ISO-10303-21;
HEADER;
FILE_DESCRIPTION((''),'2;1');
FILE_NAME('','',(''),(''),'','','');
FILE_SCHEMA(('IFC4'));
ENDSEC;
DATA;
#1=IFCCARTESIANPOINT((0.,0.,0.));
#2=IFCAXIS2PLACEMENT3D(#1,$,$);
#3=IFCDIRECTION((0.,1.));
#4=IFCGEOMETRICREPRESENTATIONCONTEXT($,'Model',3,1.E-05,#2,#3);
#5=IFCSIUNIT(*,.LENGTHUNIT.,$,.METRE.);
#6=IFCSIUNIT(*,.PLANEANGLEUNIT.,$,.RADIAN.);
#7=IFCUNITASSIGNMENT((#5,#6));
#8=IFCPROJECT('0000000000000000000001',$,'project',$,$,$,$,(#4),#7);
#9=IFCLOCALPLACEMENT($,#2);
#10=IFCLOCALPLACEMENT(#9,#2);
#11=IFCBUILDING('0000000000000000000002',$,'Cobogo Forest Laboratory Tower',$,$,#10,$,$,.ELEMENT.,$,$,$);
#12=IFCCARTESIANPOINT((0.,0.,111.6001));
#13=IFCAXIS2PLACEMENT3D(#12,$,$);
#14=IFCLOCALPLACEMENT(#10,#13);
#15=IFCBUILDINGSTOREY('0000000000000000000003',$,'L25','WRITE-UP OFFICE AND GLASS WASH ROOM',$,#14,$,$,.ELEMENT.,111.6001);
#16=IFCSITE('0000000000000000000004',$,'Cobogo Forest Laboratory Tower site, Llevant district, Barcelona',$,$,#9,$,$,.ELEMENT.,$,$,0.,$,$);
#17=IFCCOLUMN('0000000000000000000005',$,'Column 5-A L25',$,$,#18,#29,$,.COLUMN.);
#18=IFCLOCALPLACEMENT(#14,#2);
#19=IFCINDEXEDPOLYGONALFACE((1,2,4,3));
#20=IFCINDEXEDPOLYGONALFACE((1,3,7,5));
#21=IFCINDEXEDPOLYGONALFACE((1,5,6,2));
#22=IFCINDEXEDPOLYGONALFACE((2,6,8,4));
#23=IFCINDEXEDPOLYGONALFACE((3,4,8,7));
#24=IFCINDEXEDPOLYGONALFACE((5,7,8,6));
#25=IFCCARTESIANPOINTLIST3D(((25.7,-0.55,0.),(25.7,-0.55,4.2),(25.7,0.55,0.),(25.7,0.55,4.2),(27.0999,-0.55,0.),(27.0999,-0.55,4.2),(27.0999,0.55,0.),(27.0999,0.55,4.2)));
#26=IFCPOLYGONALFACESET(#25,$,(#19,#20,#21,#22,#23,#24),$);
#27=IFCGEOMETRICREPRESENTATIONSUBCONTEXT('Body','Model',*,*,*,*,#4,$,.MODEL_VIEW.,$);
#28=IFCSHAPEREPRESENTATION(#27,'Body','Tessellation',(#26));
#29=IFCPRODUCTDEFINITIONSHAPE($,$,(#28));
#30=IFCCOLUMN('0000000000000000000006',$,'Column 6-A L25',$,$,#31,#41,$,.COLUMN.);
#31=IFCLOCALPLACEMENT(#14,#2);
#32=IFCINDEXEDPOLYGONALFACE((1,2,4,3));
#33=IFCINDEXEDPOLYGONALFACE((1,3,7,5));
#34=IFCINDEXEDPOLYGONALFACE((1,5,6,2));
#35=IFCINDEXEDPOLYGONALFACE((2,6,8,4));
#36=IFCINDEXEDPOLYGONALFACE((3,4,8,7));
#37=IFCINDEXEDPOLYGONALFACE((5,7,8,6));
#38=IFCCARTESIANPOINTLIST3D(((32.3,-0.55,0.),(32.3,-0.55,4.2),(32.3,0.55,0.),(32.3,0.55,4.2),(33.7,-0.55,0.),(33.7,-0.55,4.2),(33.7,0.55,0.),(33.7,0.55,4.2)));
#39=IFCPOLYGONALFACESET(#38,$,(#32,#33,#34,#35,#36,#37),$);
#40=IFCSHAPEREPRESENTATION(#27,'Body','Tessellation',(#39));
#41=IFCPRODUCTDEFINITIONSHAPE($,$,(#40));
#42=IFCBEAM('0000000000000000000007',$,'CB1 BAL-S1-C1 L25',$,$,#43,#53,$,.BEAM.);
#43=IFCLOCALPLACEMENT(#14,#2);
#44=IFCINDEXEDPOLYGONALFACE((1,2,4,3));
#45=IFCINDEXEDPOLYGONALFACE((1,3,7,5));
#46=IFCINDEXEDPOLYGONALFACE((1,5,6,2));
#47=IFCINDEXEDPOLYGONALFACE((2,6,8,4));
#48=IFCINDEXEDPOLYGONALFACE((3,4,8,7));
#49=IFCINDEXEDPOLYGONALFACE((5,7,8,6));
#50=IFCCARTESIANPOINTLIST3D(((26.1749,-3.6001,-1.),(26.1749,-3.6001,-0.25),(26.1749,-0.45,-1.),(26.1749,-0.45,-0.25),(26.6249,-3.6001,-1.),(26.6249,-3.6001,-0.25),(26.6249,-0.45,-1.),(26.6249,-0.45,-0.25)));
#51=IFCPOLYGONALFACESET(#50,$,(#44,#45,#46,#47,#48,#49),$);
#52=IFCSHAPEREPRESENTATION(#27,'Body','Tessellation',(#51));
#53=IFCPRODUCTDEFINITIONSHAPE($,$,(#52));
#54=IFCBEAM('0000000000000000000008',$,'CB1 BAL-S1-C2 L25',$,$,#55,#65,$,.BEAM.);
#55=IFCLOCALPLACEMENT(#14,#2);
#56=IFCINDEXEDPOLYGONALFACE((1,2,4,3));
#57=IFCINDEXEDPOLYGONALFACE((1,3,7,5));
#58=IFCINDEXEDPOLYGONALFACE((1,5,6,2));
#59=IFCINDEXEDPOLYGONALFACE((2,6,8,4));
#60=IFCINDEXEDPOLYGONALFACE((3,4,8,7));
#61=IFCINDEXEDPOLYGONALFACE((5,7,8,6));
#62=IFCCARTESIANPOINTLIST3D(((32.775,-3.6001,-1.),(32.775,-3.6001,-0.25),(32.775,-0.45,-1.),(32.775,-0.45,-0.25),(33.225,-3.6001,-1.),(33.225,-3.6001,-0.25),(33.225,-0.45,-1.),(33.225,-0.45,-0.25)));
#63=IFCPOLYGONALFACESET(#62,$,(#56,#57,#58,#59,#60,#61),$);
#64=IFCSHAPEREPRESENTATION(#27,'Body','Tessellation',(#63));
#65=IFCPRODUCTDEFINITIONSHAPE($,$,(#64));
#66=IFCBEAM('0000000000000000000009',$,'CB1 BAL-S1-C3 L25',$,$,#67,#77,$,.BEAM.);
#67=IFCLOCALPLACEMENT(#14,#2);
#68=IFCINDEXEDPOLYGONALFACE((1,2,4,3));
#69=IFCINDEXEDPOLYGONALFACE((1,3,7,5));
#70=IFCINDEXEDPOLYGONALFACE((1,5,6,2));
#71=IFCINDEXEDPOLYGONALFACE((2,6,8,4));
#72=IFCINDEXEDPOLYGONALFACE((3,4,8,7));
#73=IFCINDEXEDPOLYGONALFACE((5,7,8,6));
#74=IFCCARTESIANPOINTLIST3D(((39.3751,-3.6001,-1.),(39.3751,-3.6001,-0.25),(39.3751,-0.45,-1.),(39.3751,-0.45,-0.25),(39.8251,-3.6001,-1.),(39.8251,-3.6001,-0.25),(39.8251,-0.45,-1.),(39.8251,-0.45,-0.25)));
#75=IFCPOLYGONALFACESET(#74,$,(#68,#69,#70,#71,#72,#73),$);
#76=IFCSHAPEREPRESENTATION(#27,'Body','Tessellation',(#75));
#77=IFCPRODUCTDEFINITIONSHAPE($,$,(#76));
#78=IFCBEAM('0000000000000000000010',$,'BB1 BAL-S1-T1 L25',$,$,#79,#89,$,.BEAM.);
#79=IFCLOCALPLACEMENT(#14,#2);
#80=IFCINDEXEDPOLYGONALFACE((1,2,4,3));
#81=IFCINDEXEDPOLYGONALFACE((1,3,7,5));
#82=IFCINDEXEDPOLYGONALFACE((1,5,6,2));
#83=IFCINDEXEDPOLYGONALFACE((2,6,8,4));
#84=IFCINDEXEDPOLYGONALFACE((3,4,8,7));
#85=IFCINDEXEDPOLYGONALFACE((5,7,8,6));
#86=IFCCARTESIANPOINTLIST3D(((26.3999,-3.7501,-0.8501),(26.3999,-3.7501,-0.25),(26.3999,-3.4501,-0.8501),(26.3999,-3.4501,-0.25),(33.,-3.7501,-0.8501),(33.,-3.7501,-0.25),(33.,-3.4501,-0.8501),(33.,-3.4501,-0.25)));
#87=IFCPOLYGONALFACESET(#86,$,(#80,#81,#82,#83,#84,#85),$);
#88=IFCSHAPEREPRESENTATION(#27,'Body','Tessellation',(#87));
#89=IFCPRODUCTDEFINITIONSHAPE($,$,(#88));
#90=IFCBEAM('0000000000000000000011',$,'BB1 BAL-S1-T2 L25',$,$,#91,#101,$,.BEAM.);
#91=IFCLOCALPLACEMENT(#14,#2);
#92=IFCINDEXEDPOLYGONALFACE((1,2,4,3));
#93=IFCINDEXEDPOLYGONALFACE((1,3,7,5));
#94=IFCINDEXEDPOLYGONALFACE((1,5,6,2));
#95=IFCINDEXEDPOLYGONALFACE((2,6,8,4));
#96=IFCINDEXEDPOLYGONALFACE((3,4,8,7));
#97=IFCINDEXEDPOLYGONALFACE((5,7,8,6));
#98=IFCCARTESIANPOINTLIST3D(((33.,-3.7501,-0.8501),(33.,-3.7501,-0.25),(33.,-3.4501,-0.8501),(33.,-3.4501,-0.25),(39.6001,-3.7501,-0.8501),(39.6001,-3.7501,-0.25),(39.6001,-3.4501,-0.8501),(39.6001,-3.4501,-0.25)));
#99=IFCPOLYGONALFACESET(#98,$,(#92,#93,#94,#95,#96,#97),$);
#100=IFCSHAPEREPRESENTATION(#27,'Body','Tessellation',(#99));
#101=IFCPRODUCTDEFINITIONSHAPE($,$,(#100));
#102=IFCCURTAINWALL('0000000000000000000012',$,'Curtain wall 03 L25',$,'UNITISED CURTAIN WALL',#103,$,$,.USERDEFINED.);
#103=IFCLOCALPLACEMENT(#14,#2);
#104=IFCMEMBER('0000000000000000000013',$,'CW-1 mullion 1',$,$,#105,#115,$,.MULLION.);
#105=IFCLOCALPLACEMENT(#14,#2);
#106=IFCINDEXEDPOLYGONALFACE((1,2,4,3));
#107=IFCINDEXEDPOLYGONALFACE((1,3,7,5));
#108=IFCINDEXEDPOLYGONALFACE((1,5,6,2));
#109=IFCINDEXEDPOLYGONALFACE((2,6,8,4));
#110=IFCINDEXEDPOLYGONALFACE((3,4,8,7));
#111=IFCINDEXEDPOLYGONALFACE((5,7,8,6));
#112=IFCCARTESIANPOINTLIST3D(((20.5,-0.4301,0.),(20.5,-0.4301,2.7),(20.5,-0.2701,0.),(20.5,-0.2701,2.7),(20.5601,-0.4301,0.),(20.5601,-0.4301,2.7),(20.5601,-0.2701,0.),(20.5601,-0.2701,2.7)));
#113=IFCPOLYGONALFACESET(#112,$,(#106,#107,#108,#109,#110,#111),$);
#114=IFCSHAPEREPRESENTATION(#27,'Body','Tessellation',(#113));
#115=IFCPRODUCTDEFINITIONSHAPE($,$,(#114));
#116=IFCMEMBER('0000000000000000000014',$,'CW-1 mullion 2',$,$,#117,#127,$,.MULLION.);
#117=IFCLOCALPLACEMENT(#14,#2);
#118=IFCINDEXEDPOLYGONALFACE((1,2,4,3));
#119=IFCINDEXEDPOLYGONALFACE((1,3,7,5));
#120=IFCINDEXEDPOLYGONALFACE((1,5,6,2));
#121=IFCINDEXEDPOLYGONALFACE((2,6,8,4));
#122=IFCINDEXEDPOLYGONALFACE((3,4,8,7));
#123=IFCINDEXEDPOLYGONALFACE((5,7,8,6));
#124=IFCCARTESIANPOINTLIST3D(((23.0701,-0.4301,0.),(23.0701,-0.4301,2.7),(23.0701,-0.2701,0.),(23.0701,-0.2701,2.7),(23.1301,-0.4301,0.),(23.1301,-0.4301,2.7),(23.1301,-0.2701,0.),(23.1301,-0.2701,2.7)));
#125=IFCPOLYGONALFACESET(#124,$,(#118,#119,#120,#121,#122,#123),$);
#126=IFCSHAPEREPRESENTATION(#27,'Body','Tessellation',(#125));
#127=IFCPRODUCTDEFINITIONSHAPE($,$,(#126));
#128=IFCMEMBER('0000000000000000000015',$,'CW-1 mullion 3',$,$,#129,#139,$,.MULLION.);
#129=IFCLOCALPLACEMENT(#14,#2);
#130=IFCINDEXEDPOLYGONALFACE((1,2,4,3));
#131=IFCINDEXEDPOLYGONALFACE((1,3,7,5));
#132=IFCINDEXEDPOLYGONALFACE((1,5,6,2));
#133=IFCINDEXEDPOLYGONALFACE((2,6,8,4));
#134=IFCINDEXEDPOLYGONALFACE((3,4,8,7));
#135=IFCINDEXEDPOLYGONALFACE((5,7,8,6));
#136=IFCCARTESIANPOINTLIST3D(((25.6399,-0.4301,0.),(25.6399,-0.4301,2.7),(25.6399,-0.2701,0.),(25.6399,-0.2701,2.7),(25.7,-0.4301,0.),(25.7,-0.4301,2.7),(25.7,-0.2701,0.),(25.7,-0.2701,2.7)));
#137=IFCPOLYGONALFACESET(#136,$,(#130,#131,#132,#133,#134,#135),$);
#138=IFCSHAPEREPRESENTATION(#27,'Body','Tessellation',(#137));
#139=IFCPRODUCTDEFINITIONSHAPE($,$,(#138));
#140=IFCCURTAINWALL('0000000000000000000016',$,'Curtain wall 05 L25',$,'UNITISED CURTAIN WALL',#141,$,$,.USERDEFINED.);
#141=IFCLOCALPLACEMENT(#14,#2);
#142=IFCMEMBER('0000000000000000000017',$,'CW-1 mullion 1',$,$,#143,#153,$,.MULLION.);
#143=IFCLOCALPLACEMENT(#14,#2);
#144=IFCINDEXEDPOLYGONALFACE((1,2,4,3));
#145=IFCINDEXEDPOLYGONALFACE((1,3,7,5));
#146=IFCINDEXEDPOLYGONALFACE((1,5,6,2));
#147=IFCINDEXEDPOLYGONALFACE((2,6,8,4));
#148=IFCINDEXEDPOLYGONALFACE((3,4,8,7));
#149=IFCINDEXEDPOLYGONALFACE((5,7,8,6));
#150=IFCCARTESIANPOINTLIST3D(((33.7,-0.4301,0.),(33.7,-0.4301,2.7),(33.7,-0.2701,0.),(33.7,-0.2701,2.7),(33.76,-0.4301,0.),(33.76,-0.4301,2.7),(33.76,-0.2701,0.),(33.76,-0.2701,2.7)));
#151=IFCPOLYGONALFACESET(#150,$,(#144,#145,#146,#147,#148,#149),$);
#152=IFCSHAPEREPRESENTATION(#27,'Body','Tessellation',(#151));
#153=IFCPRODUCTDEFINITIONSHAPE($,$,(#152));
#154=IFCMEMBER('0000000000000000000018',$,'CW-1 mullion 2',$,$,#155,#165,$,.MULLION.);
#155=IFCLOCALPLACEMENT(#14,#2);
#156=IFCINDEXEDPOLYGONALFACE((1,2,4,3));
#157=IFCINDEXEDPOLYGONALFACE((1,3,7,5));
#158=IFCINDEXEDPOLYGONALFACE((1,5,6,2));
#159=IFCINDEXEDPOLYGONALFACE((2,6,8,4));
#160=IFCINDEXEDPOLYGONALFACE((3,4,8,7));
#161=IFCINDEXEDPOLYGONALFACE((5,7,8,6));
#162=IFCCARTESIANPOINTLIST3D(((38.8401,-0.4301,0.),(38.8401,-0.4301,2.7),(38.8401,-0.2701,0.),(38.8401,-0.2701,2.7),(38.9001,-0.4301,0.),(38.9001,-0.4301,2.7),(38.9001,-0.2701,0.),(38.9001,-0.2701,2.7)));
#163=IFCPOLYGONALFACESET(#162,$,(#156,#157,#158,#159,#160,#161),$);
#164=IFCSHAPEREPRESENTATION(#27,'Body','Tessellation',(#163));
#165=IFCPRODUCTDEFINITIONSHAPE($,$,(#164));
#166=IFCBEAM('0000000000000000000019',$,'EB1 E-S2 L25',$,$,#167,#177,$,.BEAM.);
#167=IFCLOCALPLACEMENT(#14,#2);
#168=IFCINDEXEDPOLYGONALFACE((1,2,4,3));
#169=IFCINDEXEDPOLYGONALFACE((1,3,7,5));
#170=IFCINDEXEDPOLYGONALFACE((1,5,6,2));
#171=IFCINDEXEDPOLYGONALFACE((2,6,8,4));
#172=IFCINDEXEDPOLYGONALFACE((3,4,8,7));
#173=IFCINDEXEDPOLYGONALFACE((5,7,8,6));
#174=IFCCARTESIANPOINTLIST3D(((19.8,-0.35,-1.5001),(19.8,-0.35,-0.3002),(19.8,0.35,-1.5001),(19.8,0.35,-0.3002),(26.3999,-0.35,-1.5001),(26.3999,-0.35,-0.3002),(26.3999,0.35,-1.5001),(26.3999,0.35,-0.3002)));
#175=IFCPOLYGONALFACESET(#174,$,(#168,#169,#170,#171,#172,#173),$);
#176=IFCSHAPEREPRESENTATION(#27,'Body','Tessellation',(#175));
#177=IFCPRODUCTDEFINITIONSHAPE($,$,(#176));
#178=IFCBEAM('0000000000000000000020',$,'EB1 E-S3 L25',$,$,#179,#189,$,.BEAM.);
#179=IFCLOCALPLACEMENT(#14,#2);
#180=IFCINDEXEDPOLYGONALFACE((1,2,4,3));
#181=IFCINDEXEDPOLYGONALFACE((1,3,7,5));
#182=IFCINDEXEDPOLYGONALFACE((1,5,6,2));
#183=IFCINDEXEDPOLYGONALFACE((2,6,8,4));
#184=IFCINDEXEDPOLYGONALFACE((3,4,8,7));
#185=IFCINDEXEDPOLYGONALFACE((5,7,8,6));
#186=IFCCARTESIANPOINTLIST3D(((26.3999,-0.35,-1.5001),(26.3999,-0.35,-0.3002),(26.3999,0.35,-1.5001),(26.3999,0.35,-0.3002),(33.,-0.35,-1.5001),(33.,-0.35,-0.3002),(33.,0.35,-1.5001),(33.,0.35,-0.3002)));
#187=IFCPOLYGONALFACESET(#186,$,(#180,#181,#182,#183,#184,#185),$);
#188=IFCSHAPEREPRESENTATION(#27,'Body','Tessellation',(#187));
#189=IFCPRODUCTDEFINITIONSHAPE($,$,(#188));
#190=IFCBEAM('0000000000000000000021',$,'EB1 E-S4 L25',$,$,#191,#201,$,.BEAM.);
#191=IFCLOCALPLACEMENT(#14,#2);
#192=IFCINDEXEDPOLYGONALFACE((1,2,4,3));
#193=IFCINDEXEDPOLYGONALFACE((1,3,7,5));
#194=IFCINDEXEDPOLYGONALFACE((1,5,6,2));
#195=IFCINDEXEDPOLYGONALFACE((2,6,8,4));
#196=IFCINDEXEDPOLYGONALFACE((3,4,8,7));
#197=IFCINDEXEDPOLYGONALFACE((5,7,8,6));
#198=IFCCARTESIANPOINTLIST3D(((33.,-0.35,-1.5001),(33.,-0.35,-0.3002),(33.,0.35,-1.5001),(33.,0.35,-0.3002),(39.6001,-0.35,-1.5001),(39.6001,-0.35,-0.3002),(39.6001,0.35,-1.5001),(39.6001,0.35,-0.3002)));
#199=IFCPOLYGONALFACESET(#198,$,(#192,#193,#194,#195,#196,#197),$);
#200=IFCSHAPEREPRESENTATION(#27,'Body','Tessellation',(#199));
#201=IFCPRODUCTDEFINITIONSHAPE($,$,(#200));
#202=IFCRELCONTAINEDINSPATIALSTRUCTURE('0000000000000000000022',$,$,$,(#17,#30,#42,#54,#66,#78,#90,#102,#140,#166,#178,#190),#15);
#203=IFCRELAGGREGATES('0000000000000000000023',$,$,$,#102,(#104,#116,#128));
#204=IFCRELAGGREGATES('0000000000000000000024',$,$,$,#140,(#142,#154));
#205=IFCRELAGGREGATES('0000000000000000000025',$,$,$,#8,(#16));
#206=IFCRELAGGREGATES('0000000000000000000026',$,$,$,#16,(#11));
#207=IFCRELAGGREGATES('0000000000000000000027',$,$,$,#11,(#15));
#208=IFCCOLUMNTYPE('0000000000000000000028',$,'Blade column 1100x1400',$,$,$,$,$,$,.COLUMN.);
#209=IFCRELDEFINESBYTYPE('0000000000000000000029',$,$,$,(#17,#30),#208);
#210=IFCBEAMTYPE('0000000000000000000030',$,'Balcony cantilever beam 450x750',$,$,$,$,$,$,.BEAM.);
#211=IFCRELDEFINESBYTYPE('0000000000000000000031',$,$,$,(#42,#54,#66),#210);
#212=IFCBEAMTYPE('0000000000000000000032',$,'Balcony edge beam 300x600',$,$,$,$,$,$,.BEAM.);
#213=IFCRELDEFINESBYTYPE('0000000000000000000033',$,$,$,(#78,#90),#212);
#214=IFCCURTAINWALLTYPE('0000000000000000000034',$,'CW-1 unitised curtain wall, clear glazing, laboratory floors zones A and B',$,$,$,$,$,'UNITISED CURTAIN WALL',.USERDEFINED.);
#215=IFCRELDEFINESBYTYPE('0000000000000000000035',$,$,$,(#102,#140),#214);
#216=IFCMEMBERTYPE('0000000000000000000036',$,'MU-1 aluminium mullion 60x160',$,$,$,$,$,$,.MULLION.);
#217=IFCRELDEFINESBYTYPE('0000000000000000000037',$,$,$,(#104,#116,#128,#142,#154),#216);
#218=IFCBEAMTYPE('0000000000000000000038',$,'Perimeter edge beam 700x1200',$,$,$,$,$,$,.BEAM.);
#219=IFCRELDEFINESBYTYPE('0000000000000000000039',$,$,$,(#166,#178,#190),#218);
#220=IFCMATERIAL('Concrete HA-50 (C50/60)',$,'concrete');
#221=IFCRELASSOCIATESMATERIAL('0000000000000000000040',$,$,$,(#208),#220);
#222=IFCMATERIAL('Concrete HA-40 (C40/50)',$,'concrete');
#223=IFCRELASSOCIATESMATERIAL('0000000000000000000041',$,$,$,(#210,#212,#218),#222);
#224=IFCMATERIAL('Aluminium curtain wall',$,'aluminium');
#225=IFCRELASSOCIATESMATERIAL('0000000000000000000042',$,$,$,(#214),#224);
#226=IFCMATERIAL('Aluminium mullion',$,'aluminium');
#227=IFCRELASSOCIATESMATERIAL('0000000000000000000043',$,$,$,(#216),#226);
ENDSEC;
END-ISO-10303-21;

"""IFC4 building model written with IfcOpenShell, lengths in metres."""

from ifc_helpers import new_model, si_unit, direction, frame, origin, origin_2d, place, context, subcontext, project, spatial, rectangle, extrude, material, material_profile, profile_set, type_object, element, aggregate, save


model = new_model("IFC4")

# Units and contexts
model_context = context("Model", 3, precision=1e-05, world=origin(), true_north=direction((0.0, 1.0)))
body_context = subcontext(model_context, "Body", "Model", "MODEL_VIEW")
ifc_project = project(units=[si_unit("LENGTHUNIT", "METRE"), si_unit("PLANEANGLEUNIT", "RADIAN")], contexts=[model_context])

# Site, building, storey
site_placement = place(None, origin())
site = spatial("IfcSite", under=ifc_project, at=site_placement, Name="Cobogo Forest Laboratory Tower site, Llevant district, Barcelona", CompositionType="ELEMENT", RefElevation=0.0)
building_placement = place(site_placement, origin())
building = spatial("IfcBuilding", under=site, at=building_placement, Name="Cobogo Forest Laboratory Tower", CompositionType="ELEMENT")
storey_placement = place(building_placement, frame((0.0, 0.0, 111.6001)))
storey = spatial("IfcBuildingStorey", under=building, at=storey_placement, Name="L25", Description="WRITE-UP OFFICE AND GLASS WASH ROOM", CompositionType="ELEMENT", Elevation=111.6001)

# Columns
ifc_material_1 = material(Name="Concrete HA-50 (C50/60)", Category="concrete")
ifc_material_profile_1 = material_profile(ifc_material_1, rectangle(XDim=1.3999, YDim=1.1001, at=origin_2d()), Name="RC 1100x1400")
ifc_profile_set_1 = profile_set([ifc_material_profile_1], Name="Concrete HA-50 (C50/60)")
column_type = type_object("IfcColumnType", Name="Blade column 1100x1400", PredefinedType="COLUMN", material=ifc_profile_set_1)
for number, where, z_axis, x_axis, name in (
    (1, (26.3999, 0.0, 0.0), (0.0, 0.0, 1.0), (1.0, 0.0, 0.0), "Column 5-A L25"),
    (2, (33.0, 0.0, 0.0), (0.0, 0.0, 1.0), (1.0, 0.0, 0.0), "Column 6-A L25"),
):
    element("IfcColumn", number, at=place(storey_placement, frame(where, z_axis=z_axis, x_axis=x_axis)), inside=storey, type_object=column_type, Name=name, PredefinedType="COLUMN", context=body_context, shape_type="SweptSolid", body=[
        extrude(rectangle(XDim=1.3999, YDim=1.1001, at=origin_2d()), origin(), (0.0, 0.0, 1.0), 4.2),
    ])

# Beams
ifc_material_2 = material(Name="Concrete HA-40 (C40/50)", Category="concrete")
ifc_material_profile_2 = material_profile(ifc_material_2, rectangle(XDim=0.45, YDim=0.75, at=origin_2d()), Name="RC 450x750")
ifc_profile_set_2 = profile_set([ifc_material_profile_2], Name="Concrete HA-40 (C40/50)")
beam_type_1 = type_object("IfcBeamType", Name="Balcony cantilever beam 450x750", PredefinedType="BEAM", material=ifc_profile_set_2)
for number, where, z_axis, x_axis, name in (
    (3, (26.3999, -0.45, -0.625), (0.0, -1.0, 0.0), (1.0, 0.0, 0.0), "CB1 BAL-S1-C1 L25"),
    (4, (33.0, -0.45, -0.625), (0.0, -1.0, 0.0), (1.0, 0.0, 0.0), "CB1 BAL-S1-C2 L25"),
    (5, (39.6001, -0.45, -0.625), (0.0, -1.0, 0.0), (1.0, 0.0, 0.0), "CB1 BAL-S1-C3 L25"),
):
    element("IfcBeam", number, at=place(storey_placement, frame(where, z_axis=z_axis, x_axis=x_axis)), inside=storey, type_object=beam_type_1, Name=name, PredefinedType="BEAM", context=body_context, shape_type="SweptSolid", body=[
        extrude(rectangle(XDim=0.45, YDim=0.75, at=origin_2d()), origin(), (0.0, 0.0, 1.0), 3.1501),
    ])
ifc_material_profile_3 = material_profile(ifc_material_2, rectangle(XDim=0.3, YDim=0.6001, at=origin_2d()), Name="RC 300x600")
ifc_profile_set_3 = profile_set([ifc_material_profile_3], Name="Concrete HA-40 (C40/50)")
beam_type_2 = type_object("IfcBeamType", Name="Balcony edge beam 300x600", PredefinedType="BEAM", material=ifc_profile_set_3)
for number, where, z_axis, x_axis, name in (
    (6, (26.3999, -3.6001, -0.55), (1.0, 0.0, 0.0), (0.0, 1.0, 0.0), "BB1 BAL-S1-T1 L25"),
    (7, (33.0, -3.6001, -0.55), (1.0, 0.0, 0.0), (0.0, 1.0, 0.0), "BB1 BAL-S1-T2 L25"),
):
    element("IfcBeam", number, at=place(storey_placement, frame(where, z_axis=z_axis, x_axis=x_axis)), inside=storey, type_object=beam_type_2, Name=name, PredefinedType="BEAM", context=body_context, shape_type="SweptSolid", body=[
        extrude(rectangle(XDim=0.3, YDim=0.6001, at=origin_2d()), origin(), (0.0, 0.0, 1.0), 6.6001),
    ])

# Curtain walls, members
ifc_material_3 = material(Name="Aluminium curtain wall", Category="aluminium")
curtain_wall_type = type_object("IfcCurtainWallType", Name="CW-1 unitised curtain wall, clear glazing, laboratory floors zones A and B", ElementType="UNITISED CURTAIN WALL", PredefinedType="USERDEFINED", material=ifc_material_3)
curtain_wall_1_placement = place(storey_placement, origin())
curtain_wall_1 = element("IfcCurtainWall", 8, at=curtain_wall_1_placement, inside=storey, type_object=curtain_wall_type, Name="Curtain wall 03 L25", ObjectType="UNITISED CURTAIN WALL", PredefinedType="USERDEFINED")
ifc_material_4 = material(Name="Aluminium mullion", Category="aluminium")
ifc_material_profile_4 = material_profile(ifc_material_4, rectangle(XDim=0.0601, YDim=0.1599, at=origin_2d()), Name="AL 60x160")
ifc_profile_set_4 = profile_set([ifc_material_profile_4], Name="Aluminium mullion")
member_type_1 = type_object("IfcMemberType", Name="MU-1 aluminium mullion 60x160", PredefinedType="MULLION", material=ifc_profile_set_4)
member_1_placement = place(storey_placement, frame((20.53, -0.3501, 0.0), z_axis=(0.0, 0.0, 1.0), x_axis=(1.0, 0.0, 0.0)))
member_1 = element("IfcMember", 9, at=member_1_placement, type_object=member_type_1, Name="CW-1 mullion 1", PredefinedType="MULLION", context=body_context, shape_type="SweptSolid", body=[
    extrude(rectangle(XDim=0.0601, YDim=0.1599, at=origin_2d()), origin(), (0.0, 0.0, 1.0), 2.7),
])
member_2_placement = place(storey_placement, frame((23.1001, -0.3501, 0.0), z_axis=(0.0, 0.0, 1.0), x_axis=(1.0, 0.0, 0.0)))
member_2 = element("IfcMember", 10, at=member_2_placement, type_object=member_type_1, Name="CW-1 mullion 2", PredefinedType="MULLION", context=body_context, shape_type="SweptSolid", body=[
    extrude(rectangle(XDim=0.0601, YDim=0.1599, at=origin_2d()), origin(), (0.0, 0.0, 1.0), 2.7),
])
member_3_placement = place(storey_placement, frame((25.6699, -0.3501, 0.0), z_axis=(0.0, 0.0, 1.0), x_axis=(1.0, 0.0, 0.0)))
member_3 = element("IfcMember", 11, at=member_3_placement, type_object=member_type_1, Name="CW-1 mullion 3", PredefinedType="MULLION", context=body_context, shape_type="SweptSolid", body=[
    extrude(rectangle(XDim=0.0601, YDim=0.1599, at=origin_2d()), origin(), (0.0, 0.0, 1.0), 2.7),
])
curtain_wall_2_placement = place(storey_placement, origin())
curtain_wall_2 = element("IfcCurtainWall", 12, at=curtain_wall_2_placement, inside=storey, type_object=curtain_wall_type, Name="Curtain wall 05 L25", ObjectType="UNITISED CURTAIN WALL", PredefinedType="USERDEFINED")
member_4_placement = place(storey_placement, frame((33.73, -0.3501, 0.0), z_axis=(0.0, 0.0, 1.0), x_axis=(1.0, 0.0, 0.0)))
member_4 = element("IfcMember", 13, at=member_4_placement, type_object=member_type_1, Name="CW-1 mullion 1", PredefinedType="MULLION", context=body_context, shape_type="SweptSolid", body=[
    extrude(rectangle(XDim=0.0601, YDim=0.1599, at=origin_2d()), origin(), (0.0, 0.0, 1.0), 2.7),
])
member_5_placement = place(storey_placement, frame((38.8701, -0.3501, 0.0), z_axis=(0.0, 0.0, 1.0), x_axis=(1.0, 0.0, 0.0)))
member_5 = element("IfcMember", 14, at=member_5_placement, type_object=member_type_1, Name="CW-1 mullion 2", PredefinedType="MULLION", context=body_context, shape_type="SweptSolid", body=[
    extrude(rectangle(XDim=0.0601, YDim=0.1599, at=origin_2d()), origin(), (0.0, 0.0, 1.0), 2.7),
])

# Beams
ifc_material_profile_5 = material_profile(ifc_material_2, rectangle(XDim=0.7, YDim=1.2, at=origin_2d()), Name="RC 700x1200")
ifc_profile_set_5 = profile_set([ifc_material_profile_5], Name="Concrete HA-40 (C40/50)")
beam_type_3 = type_object("IfcBeamType", Name="Perimeter edge beam 700x1200", PredefinedType="BEAM", material=ifc_profile_set_5)
beam_placement = place(storey_placement, frame((19.8, 0.0, -0.9001), z_axis=(1.0, 0.0, 0.0), x_axis=(0.0, 1.0, 0.0)))
element("IfcBeam", 15, at=beam_placement, inside=storey, type_object=beam_type_3, Name="EB1 E-S2 L25", PredefinedType="BEAM", context=body_context, shape_type="SweptSolid", body=[
    extrude(rectangle(XDim=0.7, YDim=1.2, at=origin_2d()), origin(), (0.0, 0.0, 1.0), 6.5999),
])
for number, where, z_axis, x_axis, name in (
    (16, (26.3999, 0.0, -0.9001), (1.0, 0.0, 0.0), (0.0, 1.0, 0.0), "EB1 E-S3 L25"),
    (17, (33.0, 0.0, -0.9001), (1.0, 0.0, 0.0), (0.0, 1.0, 0.0), "EB1 E-S4 L25"),
):
    element("IfcBeam", number, at=place(storey_placement, frame(where, z_axis=z_axis, x_axis=x_axis)), inside=storey, type_object=beam_type_3, Name=name, PredefinedType="BEAM", context=body_context, shape_type="SweptSolid", body=[
        extrude(rectangle(XDim=0.7, YDim=1.2, at=origin_2d()), origin(), (0.0, 0.0, 1.0), 6.6001),
    ])

aggregate(curtain_wall_1, [member_1, member_2, member_3])
aggregate(curtain_wall_2, [member_4, member_5])

save(model, "model.ifc")
